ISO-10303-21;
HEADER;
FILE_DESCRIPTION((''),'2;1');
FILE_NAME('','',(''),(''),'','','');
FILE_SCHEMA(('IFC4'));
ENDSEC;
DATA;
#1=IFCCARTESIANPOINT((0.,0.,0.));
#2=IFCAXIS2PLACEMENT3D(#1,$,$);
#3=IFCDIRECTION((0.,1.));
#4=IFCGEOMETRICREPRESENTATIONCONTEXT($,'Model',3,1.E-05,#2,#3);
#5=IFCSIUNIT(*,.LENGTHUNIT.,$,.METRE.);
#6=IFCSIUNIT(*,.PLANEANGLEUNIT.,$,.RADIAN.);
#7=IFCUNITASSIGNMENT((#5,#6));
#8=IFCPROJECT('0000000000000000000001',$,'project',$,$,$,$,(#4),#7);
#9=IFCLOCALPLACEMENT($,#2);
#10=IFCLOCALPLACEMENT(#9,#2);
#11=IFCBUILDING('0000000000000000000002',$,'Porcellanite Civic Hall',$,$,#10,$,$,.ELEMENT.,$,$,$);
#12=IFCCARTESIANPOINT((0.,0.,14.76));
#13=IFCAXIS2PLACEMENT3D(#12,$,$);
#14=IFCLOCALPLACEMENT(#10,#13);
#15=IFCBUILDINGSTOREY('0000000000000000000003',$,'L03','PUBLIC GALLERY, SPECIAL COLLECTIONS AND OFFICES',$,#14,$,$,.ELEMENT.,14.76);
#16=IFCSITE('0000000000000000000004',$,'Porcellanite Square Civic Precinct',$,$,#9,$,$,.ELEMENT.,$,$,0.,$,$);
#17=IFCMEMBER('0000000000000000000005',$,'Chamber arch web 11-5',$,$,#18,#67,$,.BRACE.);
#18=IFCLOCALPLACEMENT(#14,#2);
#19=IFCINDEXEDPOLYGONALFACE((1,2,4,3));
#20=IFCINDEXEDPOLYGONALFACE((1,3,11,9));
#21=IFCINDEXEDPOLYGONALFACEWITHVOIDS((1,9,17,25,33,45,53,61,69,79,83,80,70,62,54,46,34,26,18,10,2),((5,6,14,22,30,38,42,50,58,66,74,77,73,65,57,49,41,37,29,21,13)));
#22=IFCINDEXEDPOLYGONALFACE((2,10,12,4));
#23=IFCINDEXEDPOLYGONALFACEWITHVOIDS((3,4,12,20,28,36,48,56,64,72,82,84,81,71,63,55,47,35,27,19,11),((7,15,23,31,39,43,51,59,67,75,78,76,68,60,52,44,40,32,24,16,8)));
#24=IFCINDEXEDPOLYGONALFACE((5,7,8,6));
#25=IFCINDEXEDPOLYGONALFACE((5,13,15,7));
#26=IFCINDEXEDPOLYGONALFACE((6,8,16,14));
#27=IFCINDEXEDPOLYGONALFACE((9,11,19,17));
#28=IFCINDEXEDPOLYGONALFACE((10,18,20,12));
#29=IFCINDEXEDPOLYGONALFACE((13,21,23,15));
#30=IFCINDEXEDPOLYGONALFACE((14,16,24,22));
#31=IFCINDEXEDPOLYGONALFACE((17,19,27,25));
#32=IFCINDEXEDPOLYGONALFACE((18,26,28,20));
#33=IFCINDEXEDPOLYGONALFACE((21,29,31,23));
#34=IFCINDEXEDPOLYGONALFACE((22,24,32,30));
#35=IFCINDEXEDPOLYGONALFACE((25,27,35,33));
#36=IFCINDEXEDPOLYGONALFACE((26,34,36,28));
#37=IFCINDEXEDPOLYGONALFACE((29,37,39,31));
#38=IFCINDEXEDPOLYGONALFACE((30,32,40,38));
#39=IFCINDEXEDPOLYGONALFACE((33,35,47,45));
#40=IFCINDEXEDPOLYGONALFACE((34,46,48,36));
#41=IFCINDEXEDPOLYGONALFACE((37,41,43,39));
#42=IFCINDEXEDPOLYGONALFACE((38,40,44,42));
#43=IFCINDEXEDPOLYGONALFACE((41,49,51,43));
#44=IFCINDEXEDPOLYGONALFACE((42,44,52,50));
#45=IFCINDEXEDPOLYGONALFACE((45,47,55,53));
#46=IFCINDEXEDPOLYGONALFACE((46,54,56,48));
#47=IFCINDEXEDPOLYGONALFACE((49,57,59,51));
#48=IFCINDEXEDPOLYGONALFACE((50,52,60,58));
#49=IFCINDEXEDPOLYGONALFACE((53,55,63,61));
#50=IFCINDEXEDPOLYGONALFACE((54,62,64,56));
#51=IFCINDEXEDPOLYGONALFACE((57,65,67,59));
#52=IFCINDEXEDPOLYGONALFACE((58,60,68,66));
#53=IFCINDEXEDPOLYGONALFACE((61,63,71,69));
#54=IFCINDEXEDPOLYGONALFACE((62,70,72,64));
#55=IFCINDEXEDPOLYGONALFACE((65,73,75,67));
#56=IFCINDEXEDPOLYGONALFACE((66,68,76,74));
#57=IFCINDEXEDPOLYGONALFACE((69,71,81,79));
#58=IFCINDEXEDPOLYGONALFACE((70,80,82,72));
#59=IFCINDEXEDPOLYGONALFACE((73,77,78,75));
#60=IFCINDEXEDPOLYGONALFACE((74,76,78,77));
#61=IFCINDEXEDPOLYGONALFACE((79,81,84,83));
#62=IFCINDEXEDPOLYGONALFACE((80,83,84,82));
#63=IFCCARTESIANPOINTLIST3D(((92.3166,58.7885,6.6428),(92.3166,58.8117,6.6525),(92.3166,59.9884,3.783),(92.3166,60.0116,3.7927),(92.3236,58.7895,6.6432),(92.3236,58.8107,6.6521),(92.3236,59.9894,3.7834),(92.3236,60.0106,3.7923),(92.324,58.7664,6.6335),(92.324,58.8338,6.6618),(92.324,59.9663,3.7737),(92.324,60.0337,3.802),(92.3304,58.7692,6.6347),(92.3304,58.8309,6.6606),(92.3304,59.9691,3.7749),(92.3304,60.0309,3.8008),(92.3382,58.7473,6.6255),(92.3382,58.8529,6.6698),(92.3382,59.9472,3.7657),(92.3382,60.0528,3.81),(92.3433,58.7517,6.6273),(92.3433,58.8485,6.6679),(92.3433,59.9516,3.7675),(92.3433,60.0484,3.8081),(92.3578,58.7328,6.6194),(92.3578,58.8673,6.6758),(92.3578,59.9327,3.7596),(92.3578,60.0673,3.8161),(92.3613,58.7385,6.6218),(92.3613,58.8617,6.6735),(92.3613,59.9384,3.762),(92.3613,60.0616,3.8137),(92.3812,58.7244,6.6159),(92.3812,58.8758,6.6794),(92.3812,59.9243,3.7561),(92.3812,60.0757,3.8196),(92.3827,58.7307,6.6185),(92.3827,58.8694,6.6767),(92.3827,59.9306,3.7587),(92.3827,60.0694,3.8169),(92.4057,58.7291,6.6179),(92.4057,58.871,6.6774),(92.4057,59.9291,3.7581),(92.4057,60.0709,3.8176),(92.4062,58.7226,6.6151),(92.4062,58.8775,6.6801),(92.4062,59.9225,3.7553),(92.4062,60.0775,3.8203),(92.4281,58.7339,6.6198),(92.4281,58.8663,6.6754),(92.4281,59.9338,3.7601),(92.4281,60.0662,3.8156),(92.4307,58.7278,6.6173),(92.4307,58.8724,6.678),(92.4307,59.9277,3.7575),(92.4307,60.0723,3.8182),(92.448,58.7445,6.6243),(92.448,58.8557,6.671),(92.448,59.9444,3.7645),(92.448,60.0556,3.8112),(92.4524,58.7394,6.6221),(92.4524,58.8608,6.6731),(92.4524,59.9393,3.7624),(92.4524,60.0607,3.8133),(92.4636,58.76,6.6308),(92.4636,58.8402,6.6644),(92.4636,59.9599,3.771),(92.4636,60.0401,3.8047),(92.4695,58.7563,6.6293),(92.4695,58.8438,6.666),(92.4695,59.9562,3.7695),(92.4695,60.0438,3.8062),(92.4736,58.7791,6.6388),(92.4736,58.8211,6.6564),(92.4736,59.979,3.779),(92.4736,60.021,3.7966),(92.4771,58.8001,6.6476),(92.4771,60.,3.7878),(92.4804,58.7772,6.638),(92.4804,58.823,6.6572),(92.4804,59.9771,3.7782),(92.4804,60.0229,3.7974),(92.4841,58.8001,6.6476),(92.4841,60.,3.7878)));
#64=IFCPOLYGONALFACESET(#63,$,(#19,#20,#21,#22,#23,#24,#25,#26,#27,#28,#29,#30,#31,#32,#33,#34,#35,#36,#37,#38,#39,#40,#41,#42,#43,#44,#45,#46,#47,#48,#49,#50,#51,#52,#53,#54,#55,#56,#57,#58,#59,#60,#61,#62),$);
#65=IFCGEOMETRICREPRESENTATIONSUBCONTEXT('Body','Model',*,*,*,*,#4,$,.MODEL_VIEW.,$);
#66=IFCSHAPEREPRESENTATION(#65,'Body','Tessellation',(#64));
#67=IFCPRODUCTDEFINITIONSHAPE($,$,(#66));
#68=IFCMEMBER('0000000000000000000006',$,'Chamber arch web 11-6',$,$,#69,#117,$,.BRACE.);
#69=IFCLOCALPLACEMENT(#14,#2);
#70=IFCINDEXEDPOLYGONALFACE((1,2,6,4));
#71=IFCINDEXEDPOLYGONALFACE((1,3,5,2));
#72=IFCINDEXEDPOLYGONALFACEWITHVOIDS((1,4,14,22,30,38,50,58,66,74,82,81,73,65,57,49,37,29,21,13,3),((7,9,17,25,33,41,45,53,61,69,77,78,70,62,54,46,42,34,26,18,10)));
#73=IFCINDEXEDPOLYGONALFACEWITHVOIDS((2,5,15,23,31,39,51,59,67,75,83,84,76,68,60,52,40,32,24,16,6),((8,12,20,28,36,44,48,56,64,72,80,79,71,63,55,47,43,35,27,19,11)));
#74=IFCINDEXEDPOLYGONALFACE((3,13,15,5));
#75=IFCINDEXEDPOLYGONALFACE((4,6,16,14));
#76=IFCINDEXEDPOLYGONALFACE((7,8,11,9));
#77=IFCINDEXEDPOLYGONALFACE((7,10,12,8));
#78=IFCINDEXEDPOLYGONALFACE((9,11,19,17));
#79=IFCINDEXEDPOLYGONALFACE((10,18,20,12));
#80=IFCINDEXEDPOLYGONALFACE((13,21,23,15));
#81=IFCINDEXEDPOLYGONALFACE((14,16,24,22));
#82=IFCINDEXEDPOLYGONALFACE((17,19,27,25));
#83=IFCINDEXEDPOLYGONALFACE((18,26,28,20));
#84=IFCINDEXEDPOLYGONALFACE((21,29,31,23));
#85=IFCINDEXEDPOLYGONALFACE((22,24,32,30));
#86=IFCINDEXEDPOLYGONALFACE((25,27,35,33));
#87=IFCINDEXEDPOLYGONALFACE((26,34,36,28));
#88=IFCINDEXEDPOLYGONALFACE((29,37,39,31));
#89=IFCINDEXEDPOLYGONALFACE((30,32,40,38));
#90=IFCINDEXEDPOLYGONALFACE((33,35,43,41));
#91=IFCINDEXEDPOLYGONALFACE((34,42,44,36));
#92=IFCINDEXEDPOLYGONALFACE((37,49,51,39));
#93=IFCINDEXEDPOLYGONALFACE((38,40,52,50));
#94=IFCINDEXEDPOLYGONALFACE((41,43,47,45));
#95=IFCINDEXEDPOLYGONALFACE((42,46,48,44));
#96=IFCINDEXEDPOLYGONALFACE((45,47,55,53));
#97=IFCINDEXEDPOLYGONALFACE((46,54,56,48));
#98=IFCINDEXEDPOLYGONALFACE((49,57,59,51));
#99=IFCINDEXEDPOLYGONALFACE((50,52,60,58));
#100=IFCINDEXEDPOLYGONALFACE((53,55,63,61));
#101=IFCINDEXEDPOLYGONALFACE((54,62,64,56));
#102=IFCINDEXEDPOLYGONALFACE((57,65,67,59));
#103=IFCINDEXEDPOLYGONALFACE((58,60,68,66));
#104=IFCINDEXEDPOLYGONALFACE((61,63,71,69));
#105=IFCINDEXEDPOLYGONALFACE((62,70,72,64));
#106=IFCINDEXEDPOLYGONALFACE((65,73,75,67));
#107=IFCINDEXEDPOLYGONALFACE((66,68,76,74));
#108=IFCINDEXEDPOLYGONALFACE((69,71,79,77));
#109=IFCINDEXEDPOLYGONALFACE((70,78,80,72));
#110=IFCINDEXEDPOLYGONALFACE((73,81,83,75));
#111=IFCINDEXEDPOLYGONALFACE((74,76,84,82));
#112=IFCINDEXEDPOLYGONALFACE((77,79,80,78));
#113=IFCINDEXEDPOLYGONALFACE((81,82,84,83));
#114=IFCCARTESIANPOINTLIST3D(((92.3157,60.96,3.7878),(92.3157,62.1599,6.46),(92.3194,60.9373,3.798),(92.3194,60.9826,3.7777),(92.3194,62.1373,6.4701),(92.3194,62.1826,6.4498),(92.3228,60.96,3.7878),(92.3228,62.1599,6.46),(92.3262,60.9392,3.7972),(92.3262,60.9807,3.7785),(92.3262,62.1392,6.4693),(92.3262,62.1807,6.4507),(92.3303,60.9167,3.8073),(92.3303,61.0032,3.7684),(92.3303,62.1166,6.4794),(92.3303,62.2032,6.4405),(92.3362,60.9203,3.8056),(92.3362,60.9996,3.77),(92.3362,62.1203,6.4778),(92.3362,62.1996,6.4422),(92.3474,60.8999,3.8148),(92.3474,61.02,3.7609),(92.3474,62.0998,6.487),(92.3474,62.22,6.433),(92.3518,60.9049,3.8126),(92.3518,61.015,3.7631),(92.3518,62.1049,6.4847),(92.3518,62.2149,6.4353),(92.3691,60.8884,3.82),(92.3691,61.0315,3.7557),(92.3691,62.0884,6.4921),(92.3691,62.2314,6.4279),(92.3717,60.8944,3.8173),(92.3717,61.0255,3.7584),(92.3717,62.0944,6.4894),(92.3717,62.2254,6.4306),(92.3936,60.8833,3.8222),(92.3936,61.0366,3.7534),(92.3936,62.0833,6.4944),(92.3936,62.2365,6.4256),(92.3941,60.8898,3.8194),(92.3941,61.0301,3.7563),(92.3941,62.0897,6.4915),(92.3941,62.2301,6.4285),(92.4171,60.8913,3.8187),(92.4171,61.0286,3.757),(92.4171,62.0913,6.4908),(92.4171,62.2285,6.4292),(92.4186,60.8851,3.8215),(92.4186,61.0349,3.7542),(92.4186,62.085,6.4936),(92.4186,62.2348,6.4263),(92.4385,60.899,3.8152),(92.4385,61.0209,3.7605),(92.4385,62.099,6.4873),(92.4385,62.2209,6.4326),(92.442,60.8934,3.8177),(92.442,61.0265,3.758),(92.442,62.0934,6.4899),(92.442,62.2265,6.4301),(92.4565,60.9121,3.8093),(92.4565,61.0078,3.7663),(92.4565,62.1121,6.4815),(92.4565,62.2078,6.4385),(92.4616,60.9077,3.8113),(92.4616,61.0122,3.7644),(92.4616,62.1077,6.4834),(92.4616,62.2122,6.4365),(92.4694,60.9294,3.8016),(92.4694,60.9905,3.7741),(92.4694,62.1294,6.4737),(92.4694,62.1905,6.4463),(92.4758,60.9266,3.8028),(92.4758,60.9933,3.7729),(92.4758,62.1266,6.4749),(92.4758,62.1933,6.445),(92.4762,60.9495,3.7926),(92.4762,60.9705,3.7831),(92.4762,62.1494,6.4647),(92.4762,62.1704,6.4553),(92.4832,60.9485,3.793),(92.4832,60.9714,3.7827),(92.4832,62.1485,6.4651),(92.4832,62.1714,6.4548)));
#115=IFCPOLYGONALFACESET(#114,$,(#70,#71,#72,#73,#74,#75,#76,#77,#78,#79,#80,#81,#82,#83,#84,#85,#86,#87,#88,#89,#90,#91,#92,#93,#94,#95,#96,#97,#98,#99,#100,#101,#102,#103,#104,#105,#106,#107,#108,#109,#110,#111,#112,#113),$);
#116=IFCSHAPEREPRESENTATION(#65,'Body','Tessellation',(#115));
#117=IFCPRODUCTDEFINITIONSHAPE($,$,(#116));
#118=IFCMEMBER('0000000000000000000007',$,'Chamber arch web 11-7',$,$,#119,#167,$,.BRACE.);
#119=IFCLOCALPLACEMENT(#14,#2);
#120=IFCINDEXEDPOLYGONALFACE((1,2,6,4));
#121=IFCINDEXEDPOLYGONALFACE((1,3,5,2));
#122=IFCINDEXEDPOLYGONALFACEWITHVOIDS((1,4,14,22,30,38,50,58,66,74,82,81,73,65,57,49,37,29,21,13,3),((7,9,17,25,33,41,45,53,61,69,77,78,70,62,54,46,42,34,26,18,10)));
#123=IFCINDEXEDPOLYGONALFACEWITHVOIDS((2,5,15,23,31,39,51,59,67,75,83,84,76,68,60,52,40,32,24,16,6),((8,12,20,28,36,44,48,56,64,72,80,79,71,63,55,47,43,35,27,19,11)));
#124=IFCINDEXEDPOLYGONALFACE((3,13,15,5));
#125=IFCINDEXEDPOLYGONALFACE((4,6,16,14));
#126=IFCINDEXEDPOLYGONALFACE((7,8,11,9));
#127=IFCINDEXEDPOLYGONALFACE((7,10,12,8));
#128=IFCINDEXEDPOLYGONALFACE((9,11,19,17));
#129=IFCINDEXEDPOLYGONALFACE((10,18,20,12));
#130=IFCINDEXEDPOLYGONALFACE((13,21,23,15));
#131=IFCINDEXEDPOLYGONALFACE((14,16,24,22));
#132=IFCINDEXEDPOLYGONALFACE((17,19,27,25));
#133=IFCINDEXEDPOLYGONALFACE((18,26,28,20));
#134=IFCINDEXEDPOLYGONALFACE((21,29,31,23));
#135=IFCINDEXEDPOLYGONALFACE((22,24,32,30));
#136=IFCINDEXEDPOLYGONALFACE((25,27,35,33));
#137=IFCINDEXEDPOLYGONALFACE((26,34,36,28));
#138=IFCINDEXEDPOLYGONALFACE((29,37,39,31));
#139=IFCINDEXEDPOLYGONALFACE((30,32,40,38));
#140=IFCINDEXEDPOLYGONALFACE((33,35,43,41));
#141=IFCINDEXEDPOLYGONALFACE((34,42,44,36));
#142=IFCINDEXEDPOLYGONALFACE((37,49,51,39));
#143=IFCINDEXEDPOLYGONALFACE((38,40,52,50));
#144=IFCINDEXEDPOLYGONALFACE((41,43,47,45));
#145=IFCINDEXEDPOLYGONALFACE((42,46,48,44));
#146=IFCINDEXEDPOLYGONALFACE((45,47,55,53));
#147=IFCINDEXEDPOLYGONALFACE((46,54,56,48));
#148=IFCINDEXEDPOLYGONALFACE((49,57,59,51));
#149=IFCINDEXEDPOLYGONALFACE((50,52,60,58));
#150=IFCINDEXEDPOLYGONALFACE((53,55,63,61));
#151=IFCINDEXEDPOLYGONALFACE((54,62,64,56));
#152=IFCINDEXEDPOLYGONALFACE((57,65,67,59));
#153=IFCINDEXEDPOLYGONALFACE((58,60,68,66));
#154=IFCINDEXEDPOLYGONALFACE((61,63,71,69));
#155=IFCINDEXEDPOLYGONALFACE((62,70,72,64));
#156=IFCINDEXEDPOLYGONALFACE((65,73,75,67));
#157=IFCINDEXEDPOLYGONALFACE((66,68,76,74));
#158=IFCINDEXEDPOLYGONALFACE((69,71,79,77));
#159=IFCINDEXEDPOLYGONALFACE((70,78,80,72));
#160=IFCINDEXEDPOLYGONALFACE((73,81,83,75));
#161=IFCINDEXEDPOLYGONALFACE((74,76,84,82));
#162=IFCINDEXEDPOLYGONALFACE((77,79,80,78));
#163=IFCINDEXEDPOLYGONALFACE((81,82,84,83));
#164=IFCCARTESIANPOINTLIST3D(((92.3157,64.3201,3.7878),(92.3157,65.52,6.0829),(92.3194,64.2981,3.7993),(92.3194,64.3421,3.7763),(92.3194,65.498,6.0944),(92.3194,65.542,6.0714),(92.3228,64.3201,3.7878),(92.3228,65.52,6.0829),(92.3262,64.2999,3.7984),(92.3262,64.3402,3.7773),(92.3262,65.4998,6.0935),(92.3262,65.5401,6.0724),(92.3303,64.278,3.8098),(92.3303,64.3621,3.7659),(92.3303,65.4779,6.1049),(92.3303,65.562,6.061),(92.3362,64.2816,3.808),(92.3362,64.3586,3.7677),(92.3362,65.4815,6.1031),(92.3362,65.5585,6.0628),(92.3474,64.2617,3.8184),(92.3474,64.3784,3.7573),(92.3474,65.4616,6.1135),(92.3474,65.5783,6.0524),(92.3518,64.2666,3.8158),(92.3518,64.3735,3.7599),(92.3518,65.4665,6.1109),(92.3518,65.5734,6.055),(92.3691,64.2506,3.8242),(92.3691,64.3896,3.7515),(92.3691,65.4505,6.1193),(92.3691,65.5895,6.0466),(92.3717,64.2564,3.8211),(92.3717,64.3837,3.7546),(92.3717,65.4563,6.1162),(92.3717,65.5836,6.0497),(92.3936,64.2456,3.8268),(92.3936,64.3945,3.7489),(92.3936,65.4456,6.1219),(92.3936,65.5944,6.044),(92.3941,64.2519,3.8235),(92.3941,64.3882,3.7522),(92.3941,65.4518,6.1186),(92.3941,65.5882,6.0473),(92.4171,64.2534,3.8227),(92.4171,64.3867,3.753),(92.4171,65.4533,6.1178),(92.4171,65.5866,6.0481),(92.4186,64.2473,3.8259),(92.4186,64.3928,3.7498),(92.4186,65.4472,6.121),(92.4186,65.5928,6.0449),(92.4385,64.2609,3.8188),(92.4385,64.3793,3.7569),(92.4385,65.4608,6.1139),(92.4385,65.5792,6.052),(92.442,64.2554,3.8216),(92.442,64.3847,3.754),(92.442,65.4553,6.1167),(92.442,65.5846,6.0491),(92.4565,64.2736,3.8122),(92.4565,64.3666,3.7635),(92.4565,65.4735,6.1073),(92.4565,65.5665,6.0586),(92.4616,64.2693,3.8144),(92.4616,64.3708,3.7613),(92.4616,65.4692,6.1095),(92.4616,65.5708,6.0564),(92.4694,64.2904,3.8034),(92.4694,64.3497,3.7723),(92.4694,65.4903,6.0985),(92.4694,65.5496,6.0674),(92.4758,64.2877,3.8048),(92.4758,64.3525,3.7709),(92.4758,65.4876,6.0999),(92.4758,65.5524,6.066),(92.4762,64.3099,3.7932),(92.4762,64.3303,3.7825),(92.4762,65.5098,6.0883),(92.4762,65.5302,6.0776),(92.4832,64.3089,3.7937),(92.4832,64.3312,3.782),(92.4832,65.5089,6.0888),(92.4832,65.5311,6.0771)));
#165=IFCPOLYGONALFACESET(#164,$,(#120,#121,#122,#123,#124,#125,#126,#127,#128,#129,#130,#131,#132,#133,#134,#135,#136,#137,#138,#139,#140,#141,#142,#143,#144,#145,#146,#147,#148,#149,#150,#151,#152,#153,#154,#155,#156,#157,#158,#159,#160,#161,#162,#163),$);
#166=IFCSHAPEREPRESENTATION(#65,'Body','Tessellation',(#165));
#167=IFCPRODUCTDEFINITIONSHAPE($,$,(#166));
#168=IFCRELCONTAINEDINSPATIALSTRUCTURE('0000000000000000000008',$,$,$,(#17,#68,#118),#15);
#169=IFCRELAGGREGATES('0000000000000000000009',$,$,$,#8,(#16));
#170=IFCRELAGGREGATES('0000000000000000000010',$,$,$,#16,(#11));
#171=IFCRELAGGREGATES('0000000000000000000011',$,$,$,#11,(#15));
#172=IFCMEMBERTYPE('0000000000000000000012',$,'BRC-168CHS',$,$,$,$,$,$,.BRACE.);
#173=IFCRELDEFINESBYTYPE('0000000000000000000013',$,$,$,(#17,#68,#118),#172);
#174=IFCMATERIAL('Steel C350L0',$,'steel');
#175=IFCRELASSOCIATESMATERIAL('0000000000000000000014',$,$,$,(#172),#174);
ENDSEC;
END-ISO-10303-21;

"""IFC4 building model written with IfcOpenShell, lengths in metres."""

from ifc_helpers import new_model, si_unit, direction, frame, origin, origin_2d, place, context, subcontext, project, spatial, hollow_circle, extrude, material, material_profile, profile_set, type_object, element, save


model = new_model("IFC4")

# Units and contexts
model_context = context("Model", 3, precision=1e-05, world=origin(), true_north=direction((0.0, 1.0)))
body_context = subcontext(model_context, "Body", "Model", "MODEL_VIEW")
ifc_project = project(units=[si_unit("LENGTHUNIT", "METRE"), si_unit("PLANEANGLEUNIT", "RADIAN")], contexts=[model_context])

# Site, building, storey
site_placement = place(None, origin())
site = spatial("IfcSite", under=ifc_project, at=site_placement, Name="Porcellanite Square Civic Precinct", CompositionType="ELEMENT", RefElevation=0.0)
building_placement = place(site_placement, origin())
building = spatial("IfcBuilding", under=site, at=building_placement, Name="Porcellanite Civic Hall", CompositionType="ELEMENT")
storey_placement = place(building_placement, frame((0.0, 0.0, 14.76)))
storey = spatial("IfcBuildingStorey", under=building, at=storey_placement, Name="L03", Description="PUBLIC GALLERY, SPECIAL COLLECTIONS AND OFFICES", CompositionType="ELEMENT", Elevation=14.76)

# Members
ifc_material_1 = material(Name="Steel C350L0", Category="steel")
ifc_material_profile_1 = material_profile(ifc_material_1, hollow_circle(Radius=0.0842, WallThickness=0.0071, at=origin_2d()), Name="168.3x7.1CHS")
ifc_profile_set_1 = profile_set([ifc_material_profile_1], Name="Steel C350L0")
member_type_1 = type_object("IfcMemberType", Name="BRC-168CHS", PredefinedType="BRACE", material=ifc_profile_set_1)
for number, where, z_axis, x_axis, name in (
    (1, (92.3999, 60.0, 3.7878), (0.0, -0.386906, 0.922119), (1.0, 0.0, 0.0), "Chamber arch web 11-5"),
):
    element("IfcMember", number, at=place(storey_placement, frame(where, z_axis=z_axis, x_axis=x_axis)), inside=storey, type_object=member_type_1, Name=name, PredefinedType="BRACE", context=body_context, shape_type="SweptSolid", body=[
        extrude(hollow_circle(Radius=0.0842, WallThickness=0.0071, at=origin_2d()), origin(), (0.0, 0.0, 1.0), 3.1013),
    ])
member_1_placement = place(storey_placement, frame((92.3999, 60.96, 3.7878), z_axis=(0.0, 0.409654, 0.912241), x_axis=(-1.0, 0.0, 0.0)))
element("IfcMember", 2, at=member_1_placement, inside=storey, type_object=member_type_1, Name="Chamber arch web 11-6", PredefinedType="BRACE", context=body_context, shape_type="SweptSolid", body=[
    extrude(hollow_circle(Radius=0.0842, WallThickness=0.0071, at=origin_2d()), origin(), (0.0, 0.0, 1.0), 2.9292),
])
member_2_placement = place(storey_placement, frame((92.3999, 64.3201, 3.7878), z_axis=(0.0, 0.463316, 0.886193), x_axis=(-1.0, 0.0, 0.0)))
element("IfcMember", 3, at=member_2_placement, inside=storey, type_object=member_type_1, Name="Chamber arch web 11-7", PredefinedType="BRACE", context=body_context, shape_type="SweptSolid", body=[
    extrude(hollow_circle(Radius=0.0842, WallThickness=0.0071, at=origin_2d()), origin(), (0.0, 0.0, 1.0), 2.5898),
])

save(model, "model.ifc")
